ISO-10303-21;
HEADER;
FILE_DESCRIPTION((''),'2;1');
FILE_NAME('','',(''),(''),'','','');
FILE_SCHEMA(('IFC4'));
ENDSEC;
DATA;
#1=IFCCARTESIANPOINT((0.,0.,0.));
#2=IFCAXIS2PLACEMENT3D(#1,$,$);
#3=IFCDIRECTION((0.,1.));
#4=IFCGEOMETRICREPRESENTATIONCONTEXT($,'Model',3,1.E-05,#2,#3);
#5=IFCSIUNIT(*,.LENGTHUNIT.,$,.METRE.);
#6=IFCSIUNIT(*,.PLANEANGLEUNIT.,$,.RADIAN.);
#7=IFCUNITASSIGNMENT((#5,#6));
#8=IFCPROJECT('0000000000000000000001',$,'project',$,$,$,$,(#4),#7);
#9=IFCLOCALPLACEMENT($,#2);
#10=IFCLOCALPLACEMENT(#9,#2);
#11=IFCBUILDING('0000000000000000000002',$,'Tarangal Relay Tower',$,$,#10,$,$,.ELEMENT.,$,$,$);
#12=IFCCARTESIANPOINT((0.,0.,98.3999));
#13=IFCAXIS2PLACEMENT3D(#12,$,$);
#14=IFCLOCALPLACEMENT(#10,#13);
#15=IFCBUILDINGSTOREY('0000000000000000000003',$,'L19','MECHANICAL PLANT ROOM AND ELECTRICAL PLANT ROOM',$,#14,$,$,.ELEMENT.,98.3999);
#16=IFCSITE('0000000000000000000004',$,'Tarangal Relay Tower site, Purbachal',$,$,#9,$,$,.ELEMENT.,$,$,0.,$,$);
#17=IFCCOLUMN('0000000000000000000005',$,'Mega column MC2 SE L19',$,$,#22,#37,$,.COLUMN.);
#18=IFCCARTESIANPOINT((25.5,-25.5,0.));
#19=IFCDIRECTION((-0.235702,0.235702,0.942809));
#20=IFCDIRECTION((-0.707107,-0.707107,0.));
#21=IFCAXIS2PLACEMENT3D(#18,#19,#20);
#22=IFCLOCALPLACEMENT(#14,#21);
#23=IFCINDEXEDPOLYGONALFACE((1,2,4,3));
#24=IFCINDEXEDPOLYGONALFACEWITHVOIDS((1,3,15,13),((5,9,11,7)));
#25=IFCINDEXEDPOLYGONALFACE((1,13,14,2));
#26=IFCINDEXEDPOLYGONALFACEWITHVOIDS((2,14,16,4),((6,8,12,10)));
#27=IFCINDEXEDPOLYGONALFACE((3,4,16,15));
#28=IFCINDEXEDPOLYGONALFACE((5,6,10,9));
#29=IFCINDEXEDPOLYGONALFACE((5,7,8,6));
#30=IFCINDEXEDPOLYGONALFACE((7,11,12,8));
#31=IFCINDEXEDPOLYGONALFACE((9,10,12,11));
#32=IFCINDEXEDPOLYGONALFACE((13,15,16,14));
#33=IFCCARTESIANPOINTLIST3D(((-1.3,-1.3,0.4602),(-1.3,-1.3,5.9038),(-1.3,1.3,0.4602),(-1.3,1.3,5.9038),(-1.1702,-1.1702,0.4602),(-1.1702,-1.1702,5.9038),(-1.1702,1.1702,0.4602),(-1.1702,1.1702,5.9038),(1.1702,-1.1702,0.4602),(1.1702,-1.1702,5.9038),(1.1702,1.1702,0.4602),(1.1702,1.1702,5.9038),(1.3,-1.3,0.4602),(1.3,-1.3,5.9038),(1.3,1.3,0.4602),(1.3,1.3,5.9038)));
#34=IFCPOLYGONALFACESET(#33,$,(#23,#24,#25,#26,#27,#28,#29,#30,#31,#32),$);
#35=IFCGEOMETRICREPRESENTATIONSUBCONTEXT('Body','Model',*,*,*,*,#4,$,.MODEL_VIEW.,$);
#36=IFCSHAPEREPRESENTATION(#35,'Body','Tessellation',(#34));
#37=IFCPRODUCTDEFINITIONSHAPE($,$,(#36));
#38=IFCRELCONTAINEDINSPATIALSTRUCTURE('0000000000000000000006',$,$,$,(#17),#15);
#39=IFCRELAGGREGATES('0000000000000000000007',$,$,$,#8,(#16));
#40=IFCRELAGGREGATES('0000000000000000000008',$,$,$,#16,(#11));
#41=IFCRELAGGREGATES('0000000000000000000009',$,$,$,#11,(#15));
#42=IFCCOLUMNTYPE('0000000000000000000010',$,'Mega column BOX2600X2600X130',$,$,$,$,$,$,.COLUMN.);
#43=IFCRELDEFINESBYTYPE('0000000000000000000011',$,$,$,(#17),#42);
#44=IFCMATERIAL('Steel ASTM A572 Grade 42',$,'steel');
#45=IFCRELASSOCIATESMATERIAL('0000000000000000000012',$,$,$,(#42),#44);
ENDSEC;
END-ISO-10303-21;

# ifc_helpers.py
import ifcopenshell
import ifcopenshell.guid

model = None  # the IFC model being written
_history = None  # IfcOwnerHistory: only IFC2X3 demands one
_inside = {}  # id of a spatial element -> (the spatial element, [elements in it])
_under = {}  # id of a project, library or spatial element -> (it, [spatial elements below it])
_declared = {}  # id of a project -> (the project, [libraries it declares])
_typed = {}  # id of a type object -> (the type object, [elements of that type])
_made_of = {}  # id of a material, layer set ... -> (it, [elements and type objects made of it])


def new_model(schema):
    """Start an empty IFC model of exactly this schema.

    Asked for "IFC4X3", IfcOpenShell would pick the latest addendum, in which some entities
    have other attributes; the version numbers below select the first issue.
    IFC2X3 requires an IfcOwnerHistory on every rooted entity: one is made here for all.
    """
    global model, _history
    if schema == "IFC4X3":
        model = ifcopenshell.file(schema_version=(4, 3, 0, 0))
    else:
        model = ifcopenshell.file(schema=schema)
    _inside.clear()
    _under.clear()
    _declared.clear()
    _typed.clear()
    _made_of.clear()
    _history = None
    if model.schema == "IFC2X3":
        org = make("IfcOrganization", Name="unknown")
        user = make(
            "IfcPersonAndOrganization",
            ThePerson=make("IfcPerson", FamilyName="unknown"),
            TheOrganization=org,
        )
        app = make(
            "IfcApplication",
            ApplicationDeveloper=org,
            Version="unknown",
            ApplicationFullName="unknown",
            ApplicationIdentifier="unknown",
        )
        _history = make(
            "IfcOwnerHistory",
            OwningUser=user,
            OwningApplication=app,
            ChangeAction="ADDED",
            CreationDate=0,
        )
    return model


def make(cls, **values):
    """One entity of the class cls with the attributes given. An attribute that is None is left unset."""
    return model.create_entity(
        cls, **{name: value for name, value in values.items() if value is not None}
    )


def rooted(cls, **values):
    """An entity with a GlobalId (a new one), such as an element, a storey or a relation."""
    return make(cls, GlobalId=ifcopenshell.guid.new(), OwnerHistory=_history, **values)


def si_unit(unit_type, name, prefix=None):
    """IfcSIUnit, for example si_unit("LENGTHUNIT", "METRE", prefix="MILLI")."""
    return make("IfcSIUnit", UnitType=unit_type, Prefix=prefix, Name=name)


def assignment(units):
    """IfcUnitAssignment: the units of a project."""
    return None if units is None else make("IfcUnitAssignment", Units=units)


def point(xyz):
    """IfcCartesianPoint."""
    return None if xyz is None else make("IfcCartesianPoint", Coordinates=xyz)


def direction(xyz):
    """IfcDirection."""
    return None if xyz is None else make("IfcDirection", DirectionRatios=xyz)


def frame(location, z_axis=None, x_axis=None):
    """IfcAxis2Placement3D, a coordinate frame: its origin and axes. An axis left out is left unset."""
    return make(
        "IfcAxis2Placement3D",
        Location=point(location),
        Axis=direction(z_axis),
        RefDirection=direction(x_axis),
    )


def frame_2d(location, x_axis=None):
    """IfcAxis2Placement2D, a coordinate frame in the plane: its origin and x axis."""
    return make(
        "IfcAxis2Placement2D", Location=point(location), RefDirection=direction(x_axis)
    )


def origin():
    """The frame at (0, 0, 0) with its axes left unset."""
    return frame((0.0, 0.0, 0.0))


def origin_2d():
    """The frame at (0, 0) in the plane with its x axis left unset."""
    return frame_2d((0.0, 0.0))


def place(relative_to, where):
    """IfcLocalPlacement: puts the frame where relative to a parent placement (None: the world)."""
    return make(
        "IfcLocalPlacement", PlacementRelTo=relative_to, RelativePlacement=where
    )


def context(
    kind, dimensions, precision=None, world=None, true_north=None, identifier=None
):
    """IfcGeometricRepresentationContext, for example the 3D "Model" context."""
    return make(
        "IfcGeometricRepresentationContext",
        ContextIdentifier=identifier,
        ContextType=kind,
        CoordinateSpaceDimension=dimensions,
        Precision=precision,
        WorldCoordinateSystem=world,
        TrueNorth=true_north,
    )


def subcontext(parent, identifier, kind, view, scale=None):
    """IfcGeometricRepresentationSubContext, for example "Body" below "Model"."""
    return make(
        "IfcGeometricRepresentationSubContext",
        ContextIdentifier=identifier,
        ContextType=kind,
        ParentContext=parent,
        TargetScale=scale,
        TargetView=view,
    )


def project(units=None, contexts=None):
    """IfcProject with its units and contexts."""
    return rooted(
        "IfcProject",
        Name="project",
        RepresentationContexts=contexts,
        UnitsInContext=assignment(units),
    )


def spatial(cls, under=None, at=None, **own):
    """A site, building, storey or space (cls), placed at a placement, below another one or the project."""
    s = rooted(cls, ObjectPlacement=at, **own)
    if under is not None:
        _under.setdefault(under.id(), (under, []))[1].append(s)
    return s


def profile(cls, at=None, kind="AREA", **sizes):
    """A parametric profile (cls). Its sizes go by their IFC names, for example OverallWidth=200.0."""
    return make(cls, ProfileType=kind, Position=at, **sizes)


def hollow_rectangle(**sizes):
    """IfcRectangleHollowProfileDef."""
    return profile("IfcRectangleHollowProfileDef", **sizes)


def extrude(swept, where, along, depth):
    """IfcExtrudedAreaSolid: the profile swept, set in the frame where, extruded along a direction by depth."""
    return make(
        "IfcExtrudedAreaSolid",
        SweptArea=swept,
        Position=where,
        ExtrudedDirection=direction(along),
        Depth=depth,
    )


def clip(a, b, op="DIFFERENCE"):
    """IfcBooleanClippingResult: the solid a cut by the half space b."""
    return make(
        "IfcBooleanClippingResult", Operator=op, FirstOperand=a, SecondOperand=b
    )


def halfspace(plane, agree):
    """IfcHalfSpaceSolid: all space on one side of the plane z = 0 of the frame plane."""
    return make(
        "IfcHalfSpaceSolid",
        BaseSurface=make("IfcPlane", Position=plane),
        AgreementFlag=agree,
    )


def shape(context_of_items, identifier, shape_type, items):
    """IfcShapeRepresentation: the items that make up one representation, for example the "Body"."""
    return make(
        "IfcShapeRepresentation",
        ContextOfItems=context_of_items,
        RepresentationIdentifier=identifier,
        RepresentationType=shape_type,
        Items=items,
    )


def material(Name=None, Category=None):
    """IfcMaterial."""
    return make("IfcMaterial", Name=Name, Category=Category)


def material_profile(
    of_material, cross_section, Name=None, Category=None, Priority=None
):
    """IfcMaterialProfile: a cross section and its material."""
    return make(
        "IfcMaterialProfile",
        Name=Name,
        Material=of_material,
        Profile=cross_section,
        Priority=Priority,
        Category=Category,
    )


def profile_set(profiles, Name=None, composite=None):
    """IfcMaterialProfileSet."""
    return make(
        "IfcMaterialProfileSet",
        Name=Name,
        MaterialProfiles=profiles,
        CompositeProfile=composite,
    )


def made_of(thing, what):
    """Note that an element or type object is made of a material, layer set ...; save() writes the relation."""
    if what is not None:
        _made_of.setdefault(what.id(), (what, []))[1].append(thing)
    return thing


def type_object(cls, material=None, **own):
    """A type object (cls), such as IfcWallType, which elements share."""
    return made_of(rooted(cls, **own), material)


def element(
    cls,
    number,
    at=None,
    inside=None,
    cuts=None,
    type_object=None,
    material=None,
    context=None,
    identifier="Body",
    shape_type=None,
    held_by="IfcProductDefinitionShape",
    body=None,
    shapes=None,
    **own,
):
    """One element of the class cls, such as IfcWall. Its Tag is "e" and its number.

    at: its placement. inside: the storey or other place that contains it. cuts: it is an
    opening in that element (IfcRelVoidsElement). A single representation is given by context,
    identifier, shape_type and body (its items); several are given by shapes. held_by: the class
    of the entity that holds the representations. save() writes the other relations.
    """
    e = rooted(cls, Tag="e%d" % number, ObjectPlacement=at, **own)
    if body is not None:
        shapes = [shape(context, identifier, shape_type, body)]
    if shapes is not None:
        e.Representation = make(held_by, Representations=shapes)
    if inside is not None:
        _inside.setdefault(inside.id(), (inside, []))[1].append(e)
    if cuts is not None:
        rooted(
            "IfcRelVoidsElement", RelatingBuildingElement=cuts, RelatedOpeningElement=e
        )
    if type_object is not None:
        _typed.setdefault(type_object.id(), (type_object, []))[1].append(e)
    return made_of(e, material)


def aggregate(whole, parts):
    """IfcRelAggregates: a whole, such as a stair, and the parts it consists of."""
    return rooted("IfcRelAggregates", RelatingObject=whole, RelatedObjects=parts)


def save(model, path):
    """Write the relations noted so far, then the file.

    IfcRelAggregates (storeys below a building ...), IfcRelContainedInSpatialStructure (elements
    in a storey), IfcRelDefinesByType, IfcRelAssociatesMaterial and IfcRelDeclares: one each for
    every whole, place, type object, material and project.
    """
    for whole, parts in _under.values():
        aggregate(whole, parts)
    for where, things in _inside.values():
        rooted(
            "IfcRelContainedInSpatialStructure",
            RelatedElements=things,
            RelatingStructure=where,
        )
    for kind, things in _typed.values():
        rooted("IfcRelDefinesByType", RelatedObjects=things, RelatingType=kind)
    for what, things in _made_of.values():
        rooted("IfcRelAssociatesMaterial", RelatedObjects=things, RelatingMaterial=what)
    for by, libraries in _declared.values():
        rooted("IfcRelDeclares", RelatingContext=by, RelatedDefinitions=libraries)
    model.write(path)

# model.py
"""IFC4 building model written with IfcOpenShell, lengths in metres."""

from ifc_helpers import new_model, si_unit, direction, frame, origin, origin_2d, place, context, subcontext, project, spatial, hollow_rectangle, extrude, clip, halfspace, material, material_profile, profile_set, type_object, element, save


model = new_model("IFC4")

# Units and contexts
model_context = context("Model", 3, precision=1e-05, world=origin(), true_north=direction((0.0, 1.0)))
body_context = subcontext(model_context, "Body", "Model", "MODEL_VIEW")
ifc_project = project(units=[si_unit("LENGTHUNIT", "METRE"), si_unit("PLANEANGLEUNIT", "RADIAN")], contexts=[model_context])

# Site, building, storey
site_placement = place(None, origin())
site = spatial("IfcSite", under=ifc_project, at=site_placement, Name="Tarangal Relay Tower site, Purbachal", CompositionType="ELEMENT", RefElevation=0.0)
building_placement = place(site_placement, origin())
building = spatial("IfcBuilding", under=site, at=building_placement, Name="Tarangal Relay Tower", CompositionType="ELEMENT")
storey_placement = place(building_placement, frame((0.0, 0.0, 98.3999)))
storey = spatial("IfcBuildingStorey", under=building, at=storey_placement, Name="L19", Description="MECHANICAL PLANT ROOM AND ELECTRICAL PLANT ROOM", CompositionType="ELEMENT", Elevation=98.3999)

# Column
ifc_material_1 = material(Name="Steel ASTM A572 Grade 42", Category="steel")
ifc_material_profile_1 = material_profile(ifc_material_1, hollow_rectangle(XDim=2.6001, YDim=2.6001, WallThickness=0.1299, at=origin_2d()), Name="BOX2600X2600X130")
ifc_profile_set_1 = profile_set([ifc_material_profile_1], Name="Steel ASTM A572 Grade 42")
column_type = type_object("IfcColumnType", Name="Mega column BOX2600X2600X130", PredefinedType="COLUMN", material=ifc_profile_set_1)
column_placement = place(storey_placement, frame((25.5, -25.5, 0.0), z_axis=(-0.235702, 0.235702, 0.942809), x_axis=(-0.707107, -0.707107, 0.0)))
element("IfcColumn", 1, at=column_placement, inside=storey, type_object=column_type, Name="Mega column MC2 SE L19", PredefinedType="COLUMN", context=body_context, shape_type="Clipping", body=[
    clip(clip(extrude(hollow_rectangle(XDim=2.6001, YDim=2.6001, WallThickness=0.1299, at=origin_2d()), origin(), (0.0, 0.0, 1.0), 6.364), halfspace(frame((0.0, 0.0, 0.4602)), True)), halfspace(frame((0.0, 0.0, 5.9038)), False)),
])

save(model, "model.ifc")
